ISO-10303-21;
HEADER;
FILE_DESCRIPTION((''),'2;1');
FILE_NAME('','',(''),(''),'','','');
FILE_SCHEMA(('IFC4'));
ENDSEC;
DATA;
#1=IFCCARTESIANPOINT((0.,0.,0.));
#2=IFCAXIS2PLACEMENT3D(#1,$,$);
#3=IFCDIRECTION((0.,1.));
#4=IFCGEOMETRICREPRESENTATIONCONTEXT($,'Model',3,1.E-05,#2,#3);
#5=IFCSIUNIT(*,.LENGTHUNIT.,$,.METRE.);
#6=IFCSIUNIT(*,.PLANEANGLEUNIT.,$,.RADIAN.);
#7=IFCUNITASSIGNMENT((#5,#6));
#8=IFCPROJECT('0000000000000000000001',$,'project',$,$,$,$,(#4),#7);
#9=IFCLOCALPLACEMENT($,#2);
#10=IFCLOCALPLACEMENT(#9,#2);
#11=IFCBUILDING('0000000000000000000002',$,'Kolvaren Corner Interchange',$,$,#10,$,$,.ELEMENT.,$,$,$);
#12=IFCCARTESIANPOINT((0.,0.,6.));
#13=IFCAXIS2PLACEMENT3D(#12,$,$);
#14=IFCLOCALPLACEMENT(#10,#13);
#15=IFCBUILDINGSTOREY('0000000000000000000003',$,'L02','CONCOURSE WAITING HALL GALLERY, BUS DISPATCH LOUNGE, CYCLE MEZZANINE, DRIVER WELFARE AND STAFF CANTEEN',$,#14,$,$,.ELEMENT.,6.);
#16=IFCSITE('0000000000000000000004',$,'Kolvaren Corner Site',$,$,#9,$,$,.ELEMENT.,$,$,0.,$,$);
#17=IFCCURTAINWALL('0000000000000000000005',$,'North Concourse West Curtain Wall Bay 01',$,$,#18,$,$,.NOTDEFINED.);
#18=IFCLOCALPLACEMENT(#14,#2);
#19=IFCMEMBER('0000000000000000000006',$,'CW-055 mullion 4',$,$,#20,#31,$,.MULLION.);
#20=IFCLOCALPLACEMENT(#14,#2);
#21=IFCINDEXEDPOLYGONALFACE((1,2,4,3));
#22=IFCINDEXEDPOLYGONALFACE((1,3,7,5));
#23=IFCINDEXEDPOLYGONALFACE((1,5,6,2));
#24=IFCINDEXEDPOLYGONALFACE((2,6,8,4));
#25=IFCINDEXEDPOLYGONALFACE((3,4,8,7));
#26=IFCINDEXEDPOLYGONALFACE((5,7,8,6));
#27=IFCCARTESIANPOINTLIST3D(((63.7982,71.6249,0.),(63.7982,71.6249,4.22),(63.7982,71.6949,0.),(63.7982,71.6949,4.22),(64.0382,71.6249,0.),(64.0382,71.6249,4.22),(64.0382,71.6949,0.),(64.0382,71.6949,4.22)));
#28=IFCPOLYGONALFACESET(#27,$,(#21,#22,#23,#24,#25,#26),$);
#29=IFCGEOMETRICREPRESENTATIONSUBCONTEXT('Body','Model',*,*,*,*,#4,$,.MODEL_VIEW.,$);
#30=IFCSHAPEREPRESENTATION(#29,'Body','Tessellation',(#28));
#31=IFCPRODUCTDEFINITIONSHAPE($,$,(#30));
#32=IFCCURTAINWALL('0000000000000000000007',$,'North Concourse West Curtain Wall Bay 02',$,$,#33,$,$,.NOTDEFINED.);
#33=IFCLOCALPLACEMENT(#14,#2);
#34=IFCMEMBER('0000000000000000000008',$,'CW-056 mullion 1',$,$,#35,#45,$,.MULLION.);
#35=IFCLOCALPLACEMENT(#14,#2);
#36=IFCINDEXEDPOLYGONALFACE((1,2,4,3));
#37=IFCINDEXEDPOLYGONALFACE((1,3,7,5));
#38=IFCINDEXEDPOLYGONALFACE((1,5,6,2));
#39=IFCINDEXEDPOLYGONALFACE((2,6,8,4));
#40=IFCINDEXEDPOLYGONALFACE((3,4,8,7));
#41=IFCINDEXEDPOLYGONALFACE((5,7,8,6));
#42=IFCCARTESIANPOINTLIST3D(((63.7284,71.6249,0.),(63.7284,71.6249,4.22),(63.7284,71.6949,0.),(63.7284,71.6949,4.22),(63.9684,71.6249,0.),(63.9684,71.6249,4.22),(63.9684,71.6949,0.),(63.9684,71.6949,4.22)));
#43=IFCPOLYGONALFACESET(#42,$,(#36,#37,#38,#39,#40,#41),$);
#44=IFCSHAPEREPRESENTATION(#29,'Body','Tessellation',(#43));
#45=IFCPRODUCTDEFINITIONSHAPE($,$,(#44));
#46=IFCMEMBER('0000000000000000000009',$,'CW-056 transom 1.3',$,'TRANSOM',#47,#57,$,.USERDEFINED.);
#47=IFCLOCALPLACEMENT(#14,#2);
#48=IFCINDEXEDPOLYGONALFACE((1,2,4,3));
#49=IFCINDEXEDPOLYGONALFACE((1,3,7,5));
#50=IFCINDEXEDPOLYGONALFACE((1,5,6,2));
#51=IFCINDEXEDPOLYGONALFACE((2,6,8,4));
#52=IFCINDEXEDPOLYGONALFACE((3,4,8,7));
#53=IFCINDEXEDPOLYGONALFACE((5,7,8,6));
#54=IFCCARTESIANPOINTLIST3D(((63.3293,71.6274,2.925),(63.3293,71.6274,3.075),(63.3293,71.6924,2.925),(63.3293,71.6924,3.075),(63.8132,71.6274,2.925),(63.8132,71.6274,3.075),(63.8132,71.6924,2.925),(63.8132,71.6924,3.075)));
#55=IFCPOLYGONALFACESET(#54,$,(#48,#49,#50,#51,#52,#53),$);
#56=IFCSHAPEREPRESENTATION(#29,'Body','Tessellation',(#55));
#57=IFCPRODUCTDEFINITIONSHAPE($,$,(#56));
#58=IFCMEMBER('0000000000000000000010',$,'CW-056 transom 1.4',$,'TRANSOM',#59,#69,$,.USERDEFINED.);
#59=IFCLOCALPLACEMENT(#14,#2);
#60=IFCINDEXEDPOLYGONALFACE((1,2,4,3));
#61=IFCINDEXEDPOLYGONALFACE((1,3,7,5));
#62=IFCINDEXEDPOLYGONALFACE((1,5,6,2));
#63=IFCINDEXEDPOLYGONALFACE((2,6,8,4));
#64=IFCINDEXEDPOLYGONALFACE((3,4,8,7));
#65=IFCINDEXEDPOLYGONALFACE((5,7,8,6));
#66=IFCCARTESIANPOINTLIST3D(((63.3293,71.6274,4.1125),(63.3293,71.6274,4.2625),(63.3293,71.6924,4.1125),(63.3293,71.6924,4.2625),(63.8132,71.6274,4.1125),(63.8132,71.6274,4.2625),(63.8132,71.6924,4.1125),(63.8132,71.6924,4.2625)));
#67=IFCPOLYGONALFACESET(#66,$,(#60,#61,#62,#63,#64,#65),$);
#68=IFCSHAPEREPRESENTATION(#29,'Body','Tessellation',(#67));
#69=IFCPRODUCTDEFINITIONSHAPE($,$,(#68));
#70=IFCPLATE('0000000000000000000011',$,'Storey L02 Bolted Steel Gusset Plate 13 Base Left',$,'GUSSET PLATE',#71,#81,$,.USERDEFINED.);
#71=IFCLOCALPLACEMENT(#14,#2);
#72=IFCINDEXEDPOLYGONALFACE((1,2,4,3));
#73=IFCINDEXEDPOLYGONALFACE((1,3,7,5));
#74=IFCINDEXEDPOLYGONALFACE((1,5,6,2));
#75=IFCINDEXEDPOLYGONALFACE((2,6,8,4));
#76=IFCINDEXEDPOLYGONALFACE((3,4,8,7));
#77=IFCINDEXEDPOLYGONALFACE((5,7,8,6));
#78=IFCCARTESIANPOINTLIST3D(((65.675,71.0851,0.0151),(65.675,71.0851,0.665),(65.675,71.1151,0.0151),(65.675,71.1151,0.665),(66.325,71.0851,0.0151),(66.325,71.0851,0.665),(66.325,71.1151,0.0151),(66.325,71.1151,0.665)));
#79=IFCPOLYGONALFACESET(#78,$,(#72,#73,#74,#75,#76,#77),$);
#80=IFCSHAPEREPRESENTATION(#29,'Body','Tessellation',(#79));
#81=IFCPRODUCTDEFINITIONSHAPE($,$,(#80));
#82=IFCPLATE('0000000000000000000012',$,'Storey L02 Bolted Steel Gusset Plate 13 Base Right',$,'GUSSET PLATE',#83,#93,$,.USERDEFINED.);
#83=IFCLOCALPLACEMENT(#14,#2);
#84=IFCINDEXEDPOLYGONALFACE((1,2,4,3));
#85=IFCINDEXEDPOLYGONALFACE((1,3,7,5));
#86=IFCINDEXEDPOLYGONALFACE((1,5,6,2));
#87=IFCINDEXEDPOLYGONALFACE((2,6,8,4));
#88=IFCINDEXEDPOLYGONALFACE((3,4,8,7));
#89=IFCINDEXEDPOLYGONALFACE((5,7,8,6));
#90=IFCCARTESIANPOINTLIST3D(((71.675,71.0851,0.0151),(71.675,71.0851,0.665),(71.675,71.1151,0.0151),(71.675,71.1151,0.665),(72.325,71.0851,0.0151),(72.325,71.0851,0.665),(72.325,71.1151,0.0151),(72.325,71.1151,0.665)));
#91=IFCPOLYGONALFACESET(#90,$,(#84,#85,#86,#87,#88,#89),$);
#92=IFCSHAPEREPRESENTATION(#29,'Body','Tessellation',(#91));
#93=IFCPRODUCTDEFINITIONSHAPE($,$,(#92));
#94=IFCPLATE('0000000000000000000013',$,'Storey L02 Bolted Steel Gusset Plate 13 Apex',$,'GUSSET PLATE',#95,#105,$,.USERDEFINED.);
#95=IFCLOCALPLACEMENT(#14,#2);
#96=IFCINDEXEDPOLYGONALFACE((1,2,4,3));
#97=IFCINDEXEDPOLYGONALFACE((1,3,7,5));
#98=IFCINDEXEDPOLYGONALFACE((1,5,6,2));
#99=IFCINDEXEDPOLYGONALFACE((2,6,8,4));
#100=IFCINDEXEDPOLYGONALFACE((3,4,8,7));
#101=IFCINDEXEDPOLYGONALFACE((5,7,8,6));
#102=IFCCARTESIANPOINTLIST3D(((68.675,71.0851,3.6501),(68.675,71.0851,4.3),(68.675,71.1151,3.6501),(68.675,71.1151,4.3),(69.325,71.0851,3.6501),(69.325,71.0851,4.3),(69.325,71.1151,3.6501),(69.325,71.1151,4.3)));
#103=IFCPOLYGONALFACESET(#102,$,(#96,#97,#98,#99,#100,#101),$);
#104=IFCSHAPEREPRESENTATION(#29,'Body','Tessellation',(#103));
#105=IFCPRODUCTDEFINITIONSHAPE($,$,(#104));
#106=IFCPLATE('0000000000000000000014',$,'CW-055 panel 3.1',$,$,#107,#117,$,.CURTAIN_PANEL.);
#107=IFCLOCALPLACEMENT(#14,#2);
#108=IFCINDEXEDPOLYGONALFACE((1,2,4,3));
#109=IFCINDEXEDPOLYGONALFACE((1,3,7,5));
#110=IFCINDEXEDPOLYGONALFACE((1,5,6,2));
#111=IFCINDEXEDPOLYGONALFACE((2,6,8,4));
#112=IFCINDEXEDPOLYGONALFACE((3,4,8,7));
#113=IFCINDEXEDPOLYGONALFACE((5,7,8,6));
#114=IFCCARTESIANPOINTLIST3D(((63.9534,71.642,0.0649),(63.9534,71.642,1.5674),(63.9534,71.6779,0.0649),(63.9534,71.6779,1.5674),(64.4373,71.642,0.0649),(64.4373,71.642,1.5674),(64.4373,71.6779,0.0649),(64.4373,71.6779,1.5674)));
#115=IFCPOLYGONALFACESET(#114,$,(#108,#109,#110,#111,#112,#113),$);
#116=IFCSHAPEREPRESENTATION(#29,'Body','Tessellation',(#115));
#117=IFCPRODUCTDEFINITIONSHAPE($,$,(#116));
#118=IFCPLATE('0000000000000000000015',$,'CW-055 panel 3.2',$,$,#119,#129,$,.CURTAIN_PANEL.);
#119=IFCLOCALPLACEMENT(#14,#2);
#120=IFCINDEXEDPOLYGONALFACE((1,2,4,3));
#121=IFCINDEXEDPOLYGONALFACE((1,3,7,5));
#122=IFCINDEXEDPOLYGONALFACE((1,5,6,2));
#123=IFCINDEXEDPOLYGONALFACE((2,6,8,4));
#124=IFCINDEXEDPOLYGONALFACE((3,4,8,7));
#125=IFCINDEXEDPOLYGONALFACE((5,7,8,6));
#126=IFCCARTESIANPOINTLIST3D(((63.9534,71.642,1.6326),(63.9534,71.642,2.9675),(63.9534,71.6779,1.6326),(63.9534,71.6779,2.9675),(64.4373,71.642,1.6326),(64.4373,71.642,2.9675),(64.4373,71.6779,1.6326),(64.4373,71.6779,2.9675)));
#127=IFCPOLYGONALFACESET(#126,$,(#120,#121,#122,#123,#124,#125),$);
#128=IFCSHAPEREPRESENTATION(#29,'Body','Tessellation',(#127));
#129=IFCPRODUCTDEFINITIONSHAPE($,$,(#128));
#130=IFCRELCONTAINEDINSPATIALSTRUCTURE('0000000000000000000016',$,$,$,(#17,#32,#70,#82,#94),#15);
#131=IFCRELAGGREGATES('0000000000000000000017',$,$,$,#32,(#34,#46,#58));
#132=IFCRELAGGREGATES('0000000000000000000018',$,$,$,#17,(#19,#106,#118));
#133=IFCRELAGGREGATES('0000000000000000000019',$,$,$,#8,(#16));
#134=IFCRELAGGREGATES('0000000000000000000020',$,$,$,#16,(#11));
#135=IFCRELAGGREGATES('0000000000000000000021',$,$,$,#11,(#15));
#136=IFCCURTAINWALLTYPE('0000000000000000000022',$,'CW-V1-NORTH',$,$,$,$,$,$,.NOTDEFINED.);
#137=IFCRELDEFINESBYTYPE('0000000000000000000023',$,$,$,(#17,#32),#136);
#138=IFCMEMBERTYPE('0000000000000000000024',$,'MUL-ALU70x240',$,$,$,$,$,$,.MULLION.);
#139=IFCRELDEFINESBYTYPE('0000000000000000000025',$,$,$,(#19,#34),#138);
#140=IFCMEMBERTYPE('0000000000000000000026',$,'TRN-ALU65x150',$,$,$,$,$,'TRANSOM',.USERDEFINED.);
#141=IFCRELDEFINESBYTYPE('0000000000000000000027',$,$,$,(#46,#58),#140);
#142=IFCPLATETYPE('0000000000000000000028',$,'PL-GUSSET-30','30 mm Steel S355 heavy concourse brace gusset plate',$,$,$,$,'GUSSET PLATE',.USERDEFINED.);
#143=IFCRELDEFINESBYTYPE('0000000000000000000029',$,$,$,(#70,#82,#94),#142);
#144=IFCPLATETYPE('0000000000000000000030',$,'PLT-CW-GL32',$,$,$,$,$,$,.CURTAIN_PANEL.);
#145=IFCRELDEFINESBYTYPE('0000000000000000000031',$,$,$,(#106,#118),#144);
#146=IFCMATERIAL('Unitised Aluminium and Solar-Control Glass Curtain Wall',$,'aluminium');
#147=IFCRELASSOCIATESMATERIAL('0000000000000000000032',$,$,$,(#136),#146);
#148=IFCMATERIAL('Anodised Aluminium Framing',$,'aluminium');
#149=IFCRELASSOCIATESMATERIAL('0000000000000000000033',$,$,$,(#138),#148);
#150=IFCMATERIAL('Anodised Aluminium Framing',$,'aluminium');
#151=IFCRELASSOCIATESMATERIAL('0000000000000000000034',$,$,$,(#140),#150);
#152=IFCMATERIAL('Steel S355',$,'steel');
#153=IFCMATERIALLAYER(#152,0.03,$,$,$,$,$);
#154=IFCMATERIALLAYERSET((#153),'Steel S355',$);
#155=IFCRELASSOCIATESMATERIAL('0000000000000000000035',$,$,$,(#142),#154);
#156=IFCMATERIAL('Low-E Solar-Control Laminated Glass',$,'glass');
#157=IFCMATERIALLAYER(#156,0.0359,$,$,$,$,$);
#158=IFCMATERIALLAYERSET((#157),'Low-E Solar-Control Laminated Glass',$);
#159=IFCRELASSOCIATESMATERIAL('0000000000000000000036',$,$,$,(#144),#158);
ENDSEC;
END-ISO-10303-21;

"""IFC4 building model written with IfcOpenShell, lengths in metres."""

from ifc_helpers import new_model, si_unit, direction, frame, origin, origin_2d, place, context, subcontext, project, spatial, rectangle, extrude, material, layer, layer_set, material_profile, profile_set, type_object, element, aggregate, save


model = new_model("IFC4")

# Units and contexts
model_context = context("Model", 3, precision=1e-05, world=origin(), true_north=direction((0.0, 1.0)))
body_context = subcontext(model_context, "Body", "Model", "MODEL_VIEW")
ifc_project = project(units=[si_unit("LENGTHUNIT", "METRE"), si_unit("PLANEANGLEUNIT", "RADIAN")], contexts=[model_context])

# Site, building, storey
site_placement = place(None, origin())
site = spatial("IfcSite", under=ifc_project, at=site_placement, Name="Kolvaren Corner Site", CompositionType="ELEMENT", RefElevation=0.0)
building_placement = place(site_placement, origin())
building = spatial("IfcBuilding", under=site, at=building_placement, Name="Kolvaren Corner Interchange", CompositionType="ELEMENT")
storey_placement = place(building_placement, frame((0.0, 0.0, 6.0)))
storey = spatial("IfcBuildingStorey", under=building, at=storey_placement, Name="L02", Description="CONCOURSE WAITING HALL GALLERY, BUS DISPATCH LOUNGE, CYCLE MEZZANINE, DRIVER WELFARE AND STAFF CANTEEN", CompositionType="ELEMENT", Elevation=6.0)

# Curtain wall, member
ifc_material_1 = material(Name="Unitised Aluminium and Solar-Control Glass Curtain Wall", Category="aluminium")
curtain_wall_type = type_object("IfcCurtainWallType", Name="CW-V1-NORTH", PredefinedType="NOTDEFINED", material=ifc_material_1)
curtain_wall_1_placement = place(storey_placement, origin())
curtain_wall_1 = element("IfcCurtainWall", 1, at=curtain_wall_1_placement, inside=storey, type_object=curtain_wall_type, Name="North Concourse West Curtain Wall Bay 01", PredefinedType="NOTDEFINED")
ifc_material_2 = material(Name="Anodised Aluminium Framing", Category="aluminium")
ifc_material_profile_1 = material_profile(ifc_material_2, rectangle(XDim=0.0701, YDim=0.24, at=origin_2d()), Name="ALU 70x240")
ifc_profile_set_1 = profile_set([ifc_material_profile_1], Name="Anodised Aluminium Framing")
member_type_1 = type_object("IfcMemberType", Name="MUL-ALU70x240", PredefinedType="MULLION", material=ifc_profile_set_1)
member_1_placement = place(storey_placement, frame((63.9182, 71.6599, 0.0), z_axis=(0.0, 0.0, 1.0), x_axis=(0.0, -1.0, 0.0)))
member_1 = element("IfcMember", 2, at=member_1_placement, type_object=member_type_1, Name="CW-055 mullion 4", PredefinedType="MULLION", context=body_context, shape_type="SweptSolid", body=[
    extrude(rectangle(XDim=0.0701, YDim=0.24, at=origin_2d()), origin(), (0.0, 0.0, 1.0), 4.22),
])

# Curtain wall, members
curtain_wall_2_placement = place(storey_placement, origin())
curtain_wall_2 = element("IfcCurtainWall", 3, at=curtain_wall_2_placement, inside=storey, type_object=curtain_wall_type, Name="North Concourse West Curtain Wall Bay 02", PredefinedType="NOTDEFINED")
member_2_placement = place(storey_placement, frame((63.8484, 71.6599, 0.0), z_axis=(0.0, 0.0, 1.0), x_axis=(0.0, -1.0, 0.0)))
member_2 = element("IfcMember", 4, at=member_2_placement, type_object=member_type_1, Name="CW-056 mullion 1", PredefinedType="MULLION", context=body_context, shape_type="SweptSolid", body=[
    extrude(rectangle(XDim=0.0701, YDim=0.24, at=origin_2d()), origin(), (0.0, 0.0, 1.0), 4.22),
])
ifc_material_3 = material(Name="Anodised Aluminium Framing", Category="aluminium")
ifc_material_profile_2 = material_profile(ifc_material_3, rectangle(XDim=0.0649, YDim=0.1499, at=origin_2d()), Name="ALU 65x150")
ifc_profile_set_2 = profile_set([ifc_material_profile_2], Name="Anodised Aluminium Framing")
member_type_2 = type_object("IfcMemberType", Name="TRN-ALU65x150", ElementType="TRANSOM", PredefinedType="USERDEFINED", material=ifc_profile_set_2)
member_3_placement = place(storey_placement, frame((63.8132, 71.6599, 3.0), z_axis=(-1.0, 0.0, 0.0), x_axis=(0.0, -1.0, 0.0)))
member_3 = element("IfcMember", 5, at=member_3_placement, type_object=member_type_2, Name="CW-056 transom 1.3", ObjectType="TRANSOM", PredefinedType="USERDEFINED", context=body_context, shape_type="SweptSolid", body=[
    extrude(rectangle(XDim=0.0649, YDim=0.1499, at=origin_2d()), origin(), (0.0, 0.0, 1.0), 0.4839),
])
member_4_placement = place(storey_placement, frame((63.8132, 71.6599, 4.1875), z_axis=(-1.0, 0.0, 0.0), x_axis=(0.0, -1.0, 0.0)))
member_4 = element("IfcMember", 6, at=member_4_placement, type_object=member_type_2, Name="CW-056 transom 1.4", ObjectType="TRANSOM", PredefinedType="USERDEFINED", context=body_context, shape_type="SweptSolid", body=[
    extrude(rectangle(XDim=0.0649, YDim=0.1499, at=origin_2d()), origin(), (0.0, 0.0, 1.0), 0.4839),
])
aggregate(curtain_wall_2, [member_2, member_3, member_4])

# Plates
ifc_material_4 = material(Name="Steel S355", Category="steel")
ifc_layer_1 = layer(ifc_material_4, 0.03)
ifc_layer_set_1 = layer_set([ifc_layer_1], Name="Steel S355")
plate_type_1 = type_object("IfcPlateType", Name="PL-GUSSET-30", Description="30 mm Steel S355 heavy concourse brace gusset plate", ElementType="GUSSET PLATE", PredefinedType="USERDEFINED", material=ifc_layer_set_1)
for number, where, z_axis, x_axis, name in (
    (7, (66.0, 71.1001, 0.0151), (0.0, 0.0, 1.0), (1.0, 0.0, 0.0), "Storey L02 Bolted Steel Gusset Plate 13 Base Left"),
    (8, (72.0, 71.1001, 0.0151), (0.0, 0.0, 1.0), (1.0, 0.0, 0.0), "Storey L02 Bolted Steel Gusset Plate 13 Base Right"),
    (9, (69.0, 71.1001, 3.6501), (0.0, 0.0, 1.0), (1.0, 0.0, 0.0), "Storey L02 Bolted Steel Gusset Plate 13 Apex"),
):
    element("IfcPlate", number, at=place(storey_placement, frame(where, z_axis=z_axis, x_axis=x_axis)), inside=storey, type_object=plate_type_1, Name=name, ObjectType="GUSSET PLATE", PredefinedType="USERDEFINED", context=body_context, shape_type="SweptSolid", body=[
        extrude(rectangle(XDim=0.6499, YDim=0.03, at=origin_2d()), origin(), (0.0, 0.0, 1.0), 0.6499),
    ])

# Plates
ifc_material_5 = material(Name="Low-E Solar-Control Laminated Glass", Category="glass")
ifc_layer_2 = layer(ifc_material_5, 0.0359)
ifc_layer_set_2 = layer_set([ifc_layer_2], Name="Low-E Solar-Control Laminated Glass")
plate_type_2 = type_object("IfcPlateType", Name="PLT-CW-GL32", PredefinedType="CURTAIN_PANEL", material=ifc_layer_set_2)
plate_1_placement = place(storey_placement, frame((64.1953, 71.6599, 0.0649), z_axis=(0.0, 0.0, 1.0), x_axis=(-1.0, 0.0, 0.0)))
plate_1 = element("IfcPlate", 10, at=plate_1_placement, type_object=plate_type_2, Name="CW-055 panel 3.1", PredefinedType="CURTAIN_PANEL", context=body_context, shape_type="SweptSolid", body=[
    extrude(rectangle(XDim=0.4839, YDim=0.0359, at=origin_2d()), origin(), (0.0, 0.0, 1.0), 1.5024),
])
plate_2_placement = place(storey_placement, frame((64.1953, 71.6599, 1.6326), z_axis=(0.0, 0.0, 1.0), x_axis=(-1.0, 0.0, 0.0)))
plate_2 = element("IfcPlate", 11, at=plate_2_placement, type_object=plate_type_2, Name="CW-055 panel 3.2", PredefinedType="CURTAIN_PANEL", context=body_context, shape_type="SweptSolid", body=[
    extrude(rectangle(XDim=0.4839, YDim=0.0359, at=origin_2d()), origin(), (0.0, 0.0, 1.0), 1.335),
])
aggregate(curtain_wall_1, [member_1, plate_1, plate_2])

save(model, "model.ifc")
